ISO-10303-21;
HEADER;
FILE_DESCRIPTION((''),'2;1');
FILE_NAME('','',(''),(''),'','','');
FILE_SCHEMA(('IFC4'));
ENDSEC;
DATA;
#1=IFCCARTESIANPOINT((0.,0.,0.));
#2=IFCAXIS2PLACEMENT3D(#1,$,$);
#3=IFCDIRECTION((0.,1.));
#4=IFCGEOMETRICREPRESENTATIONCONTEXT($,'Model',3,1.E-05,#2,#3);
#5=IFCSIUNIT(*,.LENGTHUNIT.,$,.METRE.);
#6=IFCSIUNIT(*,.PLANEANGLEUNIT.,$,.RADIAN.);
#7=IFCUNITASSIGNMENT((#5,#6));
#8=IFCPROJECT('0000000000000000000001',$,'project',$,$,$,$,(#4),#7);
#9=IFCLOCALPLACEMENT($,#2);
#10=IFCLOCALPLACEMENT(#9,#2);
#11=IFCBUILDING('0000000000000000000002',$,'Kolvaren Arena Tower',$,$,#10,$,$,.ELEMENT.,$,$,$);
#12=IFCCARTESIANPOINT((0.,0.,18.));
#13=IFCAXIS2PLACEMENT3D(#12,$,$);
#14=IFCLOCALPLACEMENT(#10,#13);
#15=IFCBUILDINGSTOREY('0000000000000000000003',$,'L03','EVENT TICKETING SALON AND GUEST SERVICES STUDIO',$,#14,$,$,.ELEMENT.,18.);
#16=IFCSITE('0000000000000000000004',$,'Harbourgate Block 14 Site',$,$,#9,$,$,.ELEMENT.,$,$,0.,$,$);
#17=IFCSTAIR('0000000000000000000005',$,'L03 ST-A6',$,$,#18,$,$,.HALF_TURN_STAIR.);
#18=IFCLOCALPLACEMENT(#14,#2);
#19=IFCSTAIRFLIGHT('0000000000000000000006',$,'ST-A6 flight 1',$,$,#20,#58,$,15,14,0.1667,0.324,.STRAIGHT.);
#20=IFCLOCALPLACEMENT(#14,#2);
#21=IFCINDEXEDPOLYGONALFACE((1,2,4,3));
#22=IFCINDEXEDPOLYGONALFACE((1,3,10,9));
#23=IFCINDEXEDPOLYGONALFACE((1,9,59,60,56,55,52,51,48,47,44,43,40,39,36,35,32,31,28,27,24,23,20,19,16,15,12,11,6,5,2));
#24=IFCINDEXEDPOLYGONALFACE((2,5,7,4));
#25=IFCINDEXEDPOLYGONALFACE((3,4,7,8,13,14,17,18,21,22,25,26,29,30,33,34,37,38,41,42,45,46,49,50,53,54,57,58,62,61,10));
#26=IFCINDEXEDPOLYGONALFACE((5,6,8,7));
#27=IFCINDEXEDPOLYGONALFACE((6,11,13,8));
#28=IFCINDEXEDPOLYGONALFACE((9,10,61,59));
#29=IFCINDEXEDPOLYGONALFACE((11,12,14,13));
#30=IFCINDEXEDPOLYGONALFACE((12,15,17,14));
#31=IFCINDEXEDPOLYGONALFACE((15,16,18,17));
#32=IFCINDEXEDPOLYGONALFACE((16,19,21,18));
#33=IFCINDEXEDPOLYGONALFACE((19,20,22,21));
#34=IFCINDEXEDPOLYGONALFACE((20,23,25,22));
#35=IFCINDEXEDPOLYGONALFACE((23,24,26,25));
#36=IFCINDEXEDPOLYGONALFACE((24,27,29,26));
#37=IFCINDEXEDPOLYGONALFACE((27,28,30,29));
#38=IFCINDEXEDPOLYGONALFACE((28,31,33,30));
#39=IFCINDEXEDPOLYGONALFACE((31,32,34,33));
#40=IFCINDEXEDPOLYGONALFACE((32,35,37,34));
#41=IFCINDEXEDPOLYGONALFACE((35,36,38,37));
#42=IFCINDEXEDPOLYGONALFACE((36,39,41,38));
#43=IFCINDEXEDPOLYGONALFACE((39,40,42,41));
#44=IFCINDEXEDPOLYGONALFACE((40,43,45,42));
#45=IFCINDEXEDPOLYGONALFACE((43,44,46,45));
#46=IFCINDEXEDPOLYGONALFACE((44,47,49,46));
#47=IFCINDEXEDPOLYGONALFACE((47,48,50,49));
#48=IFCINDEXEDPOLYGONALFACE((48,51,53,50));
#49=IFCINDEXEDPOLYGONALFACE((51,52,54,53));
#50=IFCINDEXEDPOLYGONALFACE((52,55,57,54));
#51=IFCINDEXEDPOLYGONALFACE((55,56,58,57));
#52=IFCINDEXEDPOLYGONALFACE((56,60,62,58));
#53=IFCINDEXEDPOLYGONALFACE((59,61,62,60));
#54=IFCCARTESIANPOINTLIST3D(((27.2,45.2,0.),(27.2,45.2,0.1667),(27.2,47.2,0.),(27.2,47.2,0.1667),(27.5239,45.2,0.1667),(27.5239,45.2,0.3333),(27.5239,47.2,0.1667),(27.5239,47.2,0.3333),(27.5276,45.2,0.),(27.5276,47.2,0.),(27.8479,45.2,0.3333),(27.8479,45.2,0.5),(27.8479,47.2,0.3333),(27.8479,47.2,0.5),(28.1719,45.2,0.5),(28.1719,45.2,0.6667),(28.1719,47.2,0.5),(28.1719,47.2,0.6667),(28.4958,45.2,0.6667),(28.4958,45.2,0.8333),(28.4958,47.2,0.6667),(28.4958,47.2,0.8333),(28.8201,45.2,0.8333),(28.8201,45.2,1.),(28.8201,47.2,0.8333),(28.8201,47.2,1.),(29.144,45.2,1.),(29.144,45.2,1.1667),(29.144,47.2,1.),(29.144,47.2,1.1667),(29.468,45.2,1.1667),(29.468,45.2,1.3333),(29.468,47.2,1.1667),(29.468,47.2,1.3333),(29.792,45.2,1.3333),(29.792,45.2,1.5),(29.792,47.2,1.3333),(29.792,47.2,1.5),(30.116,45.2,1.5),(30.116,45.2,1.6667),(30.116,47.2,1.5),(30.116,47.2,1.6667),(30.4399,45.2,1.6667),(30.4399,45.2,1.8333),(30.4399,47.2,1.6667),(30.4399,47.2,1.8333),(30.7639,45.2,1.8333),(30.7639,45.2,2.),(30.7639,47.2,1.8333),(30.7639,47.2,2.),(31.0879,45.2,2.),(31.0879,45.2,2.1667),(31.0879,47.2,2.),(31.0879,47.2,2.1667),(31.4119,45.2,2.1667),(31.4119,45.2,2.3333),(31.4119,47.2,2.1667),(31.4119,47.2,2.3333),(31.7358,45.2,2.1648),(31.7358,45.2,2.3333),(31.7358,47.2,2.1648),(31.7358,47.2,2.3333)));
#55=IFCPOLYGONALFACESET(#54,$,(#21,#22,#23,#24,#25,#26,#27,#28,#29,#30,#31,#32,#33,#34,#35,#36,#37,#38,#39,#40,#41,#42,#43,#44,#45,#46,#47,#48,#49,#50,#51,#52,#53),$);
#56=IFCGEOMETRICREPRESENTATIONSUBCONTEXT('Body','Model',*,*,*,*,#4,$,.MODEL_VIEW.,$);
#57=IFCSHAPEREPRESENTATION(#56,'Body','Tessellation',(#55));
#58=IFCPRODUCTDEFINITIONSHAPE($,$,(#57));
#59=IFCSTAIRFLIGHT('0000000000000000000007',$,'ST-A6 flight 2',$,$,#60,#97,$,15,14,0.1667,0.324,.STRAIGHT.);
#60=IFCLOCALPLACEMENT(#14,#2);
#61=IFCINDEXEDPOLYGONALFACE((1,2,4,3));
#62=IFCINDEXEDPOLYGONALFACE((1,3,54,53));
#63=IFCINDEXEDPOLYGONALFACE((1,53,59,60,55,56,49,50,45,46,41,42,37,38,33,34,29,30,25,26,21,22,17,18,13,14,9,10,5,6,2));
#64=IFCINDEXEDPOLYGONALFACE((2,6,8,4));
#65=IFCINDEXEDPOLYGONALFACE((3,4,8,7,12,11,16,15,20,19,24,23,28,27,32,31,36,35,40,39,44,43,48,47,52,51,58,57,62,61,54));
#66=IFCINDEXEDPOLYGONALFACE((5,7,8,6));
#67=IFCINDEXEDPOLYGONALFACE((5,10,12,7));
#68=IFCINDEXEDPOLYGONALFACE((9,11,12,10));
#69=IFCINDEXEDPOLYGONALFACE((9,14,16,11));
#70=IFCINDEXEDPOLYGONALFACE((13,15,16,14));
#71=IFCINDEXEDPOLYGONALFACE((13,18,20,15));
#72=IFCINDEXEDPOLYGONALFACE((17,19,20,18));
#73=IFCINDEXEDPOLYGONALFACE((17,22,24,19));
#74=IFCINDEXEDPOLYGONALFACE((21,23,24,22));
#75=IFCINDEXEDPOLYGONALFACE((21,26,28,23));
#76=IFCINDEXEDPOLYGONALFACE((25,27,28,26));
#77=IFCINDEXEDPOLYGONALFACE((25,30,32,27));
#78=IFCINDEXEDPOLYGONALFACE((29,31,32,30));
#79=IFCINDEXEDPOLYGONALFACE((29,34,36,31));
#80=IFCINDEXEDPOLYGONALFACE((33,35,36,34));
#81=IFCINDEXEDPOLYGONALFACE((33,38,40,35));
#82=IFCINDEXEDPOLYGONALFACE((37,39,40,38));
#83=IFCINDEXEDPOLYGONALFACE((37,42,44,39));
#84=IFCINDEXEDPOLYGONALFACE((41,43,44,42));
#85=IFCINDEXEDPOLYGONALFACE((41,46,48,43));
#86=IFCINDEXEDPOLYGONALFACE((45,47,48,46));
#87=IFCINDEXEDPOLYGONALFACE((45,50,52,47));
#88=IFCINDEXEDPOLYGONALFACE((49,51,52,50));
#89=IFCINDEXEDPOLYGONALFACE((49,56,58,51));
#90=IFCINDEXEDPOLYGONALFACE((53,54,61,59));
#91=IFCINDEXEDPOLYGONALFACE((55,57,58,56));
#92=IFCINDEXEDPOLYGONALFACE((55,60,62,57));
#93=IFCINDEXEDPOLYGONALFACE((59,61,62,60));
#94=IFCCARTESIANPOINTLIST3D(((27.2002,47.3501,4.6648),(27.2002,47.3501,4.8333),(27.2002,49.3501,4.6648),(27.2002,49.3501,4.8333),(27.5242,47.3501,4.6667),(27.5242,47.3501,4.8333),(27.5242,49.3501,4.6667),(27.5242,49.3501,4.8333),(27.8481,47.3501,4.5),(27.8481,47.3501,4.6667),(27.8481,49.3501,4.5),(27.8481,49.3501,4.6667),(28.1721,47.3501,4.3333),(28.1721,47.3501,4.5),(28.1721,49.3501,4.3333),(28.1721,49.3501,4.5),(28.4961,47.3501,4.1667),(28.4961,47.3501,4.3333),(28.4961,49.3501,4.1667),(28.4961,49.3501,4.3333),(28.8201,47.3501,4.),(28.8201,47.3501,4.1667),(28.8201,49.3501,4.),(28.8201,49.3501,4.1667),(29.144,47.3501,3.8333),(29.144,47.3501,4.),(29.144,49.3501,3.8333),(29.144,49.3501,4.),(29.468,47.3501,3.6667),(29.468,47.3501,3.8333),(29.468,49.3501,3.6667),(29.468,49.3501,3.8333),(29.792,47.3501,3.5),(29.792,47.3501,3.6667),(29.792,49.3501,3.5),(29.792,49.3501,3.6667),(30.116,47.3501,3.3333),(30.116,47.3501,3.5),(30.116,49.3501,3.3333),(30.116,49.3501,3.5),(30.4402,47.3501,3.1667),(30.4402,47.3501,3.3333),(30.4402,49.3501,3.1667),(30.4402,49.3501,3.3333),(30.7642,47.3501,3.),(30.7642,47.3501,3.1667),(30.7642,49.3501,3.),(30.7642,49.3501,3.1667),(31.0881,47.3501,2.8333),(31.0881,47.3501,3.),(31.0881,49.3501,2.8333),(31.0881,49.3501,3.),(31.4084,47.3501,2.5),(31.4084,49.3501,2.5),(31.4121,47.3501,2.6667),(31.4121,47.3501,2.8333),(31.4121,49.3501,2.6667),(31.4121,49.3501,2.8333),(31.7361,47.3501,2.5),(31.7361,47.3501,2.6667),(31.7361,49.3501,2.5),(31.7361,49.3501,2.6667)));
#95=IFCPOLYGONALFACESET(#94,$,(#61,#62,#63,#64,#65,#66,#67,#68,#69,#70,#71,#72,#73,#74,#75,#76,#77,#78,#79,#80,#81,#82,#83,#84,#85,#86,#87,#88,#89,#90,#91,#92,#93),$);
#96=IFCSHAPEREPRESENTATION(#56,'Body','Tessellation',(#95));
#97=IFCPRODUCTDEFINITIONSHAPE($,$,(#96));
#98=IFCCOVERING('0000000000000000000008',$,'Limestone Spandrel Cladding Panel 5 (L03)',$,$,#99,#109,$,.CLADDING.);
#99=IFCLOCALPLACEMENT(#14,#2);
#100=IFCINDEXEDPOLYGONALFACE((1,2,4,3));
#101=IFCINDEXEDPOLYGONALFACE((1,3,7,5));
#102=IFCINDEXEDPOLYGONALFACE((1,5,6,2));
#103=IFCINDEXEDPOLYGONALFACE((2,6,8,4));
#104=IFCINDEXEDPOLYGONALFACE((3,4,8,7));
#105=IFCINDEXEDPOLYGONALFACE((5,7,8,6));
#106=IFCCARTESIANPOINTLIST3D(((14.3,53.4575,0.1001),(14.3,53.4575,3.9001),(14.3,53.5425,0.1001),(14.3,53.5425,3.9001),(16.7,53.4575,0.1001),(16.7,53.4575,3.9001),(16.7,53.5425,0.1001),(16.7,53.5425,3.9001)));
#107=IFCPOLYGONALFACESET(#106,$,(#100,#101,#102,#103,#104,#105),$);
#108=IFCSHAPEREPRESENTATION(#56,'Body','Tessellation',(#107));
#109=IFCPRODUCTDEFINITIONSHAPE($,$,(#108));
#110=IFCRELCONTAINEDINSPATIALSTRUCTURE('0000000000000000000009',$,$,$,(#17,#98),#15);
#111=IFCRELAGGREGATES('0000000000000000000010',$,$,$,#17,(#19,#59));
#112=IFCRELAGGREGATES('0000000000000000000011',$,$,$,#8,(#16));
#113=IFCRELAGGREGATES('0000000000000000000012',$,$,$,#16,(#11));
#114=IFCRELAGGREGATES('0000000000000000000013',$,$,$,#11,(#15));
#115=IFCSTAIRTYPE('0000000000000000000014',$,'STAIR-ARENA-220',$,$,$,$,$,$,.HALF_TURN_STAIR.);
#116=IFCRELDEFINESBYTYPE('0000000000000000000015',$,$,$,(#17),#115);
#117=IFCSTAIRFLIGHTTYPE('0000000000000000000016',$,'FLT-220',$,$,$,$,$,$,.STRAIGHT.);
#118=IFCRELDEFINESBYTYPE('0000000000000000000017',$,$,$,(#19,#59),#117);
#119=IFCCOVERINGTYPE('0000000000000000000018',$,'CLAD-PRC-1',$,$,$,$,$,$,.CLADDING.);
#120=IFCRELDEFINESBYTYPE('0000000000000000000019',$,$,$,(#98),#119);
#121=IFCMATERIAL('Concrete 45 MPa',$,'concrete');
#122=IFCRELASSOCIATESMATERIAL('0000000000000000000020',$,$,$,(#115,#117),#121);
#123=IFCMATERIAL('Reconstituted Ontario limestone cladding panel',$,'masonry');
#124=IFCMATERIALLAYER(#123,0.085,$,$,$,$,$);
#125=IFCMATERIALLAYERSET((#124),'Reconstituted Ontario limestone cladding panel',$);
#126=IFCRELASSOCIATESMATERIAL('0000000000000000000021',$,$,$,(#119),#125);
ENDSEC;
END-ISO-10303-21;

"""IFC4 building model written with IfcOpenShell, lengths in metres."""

from ifc_helpers import new_model, si_unit, direction, frame, origin, origin_2d, place, context, subcontext, project, spatial, polyline, rectangle, outline, extrude, material, layer, layer_set, type_object, element, aggregate, save


model = new_model("IFC4")

# Units and contexts
model_context = context("Model", 3, precision=1e-05, world=origin(), true_north=direction((0.0, 1.0)))
body_context = subcontext(model_context, "Body", "Model", "MODEL_VIEW")
ifc_project = project(units=[si_unit("LENGTHUNIT", "METRE"), si_unit("PLANEANGLEUNIT", "RADIAN")], contexts=[model_context])

# Site, building, storey
site_placement = place(None, origin())
site = spatial("IfcSite", under=ifc_project, at=site_placement, Name="Harbourgate Block 14 Site", CompositionType="ELEMENT", RefElevation=0.0)
building_placement = place(site_placement, origin())
building = spatial("IfcBuilding", under=site, at=building_placement, Name="Kolvaren Arena Tower", CompositionType="ELEMENT")
storey_placement = place(building_placement, frame((0.0, 0.0, 18.0)))
storey = spatial("IfcBuildingStorey", under=building, at=storey_placement, Name="L03", Description="EVENT TICKETING SALON AND GUEST SERVICES STUDIO", CompositionType="ELEMENT", Elevation=18.0)

# Shared definitions
ifc_material_1 = material(Name="Concrete 45 MPa", Category="concrete")

# Stair, stair flights
stair_type = type_object("IfcStairType", Name="STAIR-ARENA-220", PredefinedType="HALF_TURN_STAIR", material=ifc_material_1)
stair_placement = place(storey_placement, origin())
stair = element("IfcStair", 1, at=stair_placement, inside=storey, type_object=stair_type, Name="L03 ST-A6", PredefinedType="HALF_TURN_STAIR")
stair_flight_type = type_object("IfcStairFlightType", Name="FLT-220", PredefinedType="STRAIGHT", material=ifc_material_1)
stair_flight_1_placement = place(storey_placement, frame((27.2, 46.2, 0.0), z_axis=(0.0, 0.0, 1.0), x_axis=(1.0, 0.0, 0.0)))
stair_flight_1 = element("IfcStairFlight", 2, at=stair_flight_1_placement, type_object=stair_flight_type, Name="ST-A6 flight 1", NumberOfRisers=15, NumberOfTreads=14, PredefinedType="STRAIGHT", RiserHeight=0.1667, TreadLength=0.324, context=body_context, shape_type="SweptSolid", body=[
    extrude(outline(polyline([(0.0, 0.0), (0.0, 0.1667), (0.324, 0.1667), (0.324, 0.3333), (0.6479, 0.3333), (0.6479, 0.5), (0.9719, 0.5), (0.9719, 0.6667), (1.2959, 0.6667), (1.2959, 0.8333), (1.6201, 0.8333), (1.6201, 1.0), (1.9441, 1.0), (1.9441, 1.1667), (2.2681, 1.1667), (2.2681, 1.3333), (2.592, 1.3333), (2.592, 1.5), (2.916, 1.5), (2.916, 1.6667), (3.24, 1.6667), (3.24, 1.8333), (3.564, 1.8333), (3.564, 2.0), (3.8879, 2.0), (3.8879, 2.1667), (4.2119, 2.1667), (4.2119, 2.3333), (4.5359, 2.3333), (4.5359, 2.5), (4.5359, 2.1648), (0.3276, 0.0), (0.0, 0.0)])), frame((0.0, 1.0, 0.0), z_axis=(0.0, -1.0, 0.0), x_axis=(1.0, 0.0, 0.0)), (0.0, 0.0, 1.0), 2.0),
])
stair_flight_2_placement = place(storey_placement, frame((31.7361, 48.3501, 2.5), z_axis=(0.0, 0.0, 1.0), x_axis=(-1.0, 0.0, 0.0)))
stair_flight_2 = element("IfcStairFlight", 3, at=stair_flight_2_placement, type_object=stair_flight_type, Name="ST-A6 flight 2", NumberOfRisers=15, NumberOfTreads=14, PredefinedType="STRAIGHT", RiserHeight=0.1667, TreadLength=0.324, context=body_context, shape_type="SweptSolid", body=[
    extrude(outline(polyline([(0.0, 0.0), (0.0, 0.1667), (0.324, 0.1667), (0.324, 0.3333), (0.6479, 0.3333), (0.6479, 0.5), (0.9719, 0.5), (0.9719, 0.6667), (1.2959, 0.6667), (1.2959, 0.8333), (1.6201, 0.8333), (1.6201, 1.0), (1.9441, 1.0), (1.9441, 1.1667), (2.2681, 1.1667), (2.2681, 1.3333), (2.592, 1.3333), (2.592, 1.5), (2.916, 1.5), (2.916, 1.6667), (3.24, 1.6667), (3.24, 1.8333), (3.564, 1.8333), (3.564, 2.0), (3.8879, 2.0), (3.8879, 2.1667), (4.2119, 2.1667), (4.2119, 2.3333), (4.5359, 2.3333), (4.5359, 2.5), (4.5359, 2.1648), (0.3276, 0.0), (0.0, 0.0)])), frame((0.0, 1.0, 0.0), z_axis=(0.0, -1.0, 0.0), x_axis=(1.0, 0.0, 0.0)), (0.0, 0.0, 1.0), 2.0),
])
aggregate(stair, [stair_flight_1, stair_flight_2])

# Covering
ifc_material_2 = material(Name="Reconstituted Ontario limestone cladding panel", Category="masonry")
ifc_layer_1 = layer(ifc_material_2, 0.085)
ifc_layer_set_1 = layer_set([ifc_layer_1], Name="Reconstituted Ontario limestone cladding panel")
covering_type = type_object("IfcCoveringType", Name="CLAD-PRC-1", PredefinedType="CLADDING", material=ifc_layer_set_1)
covering_placement = place(storey_placement, frame((15.5, 53.5, 0.1001), z_axis=(0.0, 0.0, 1.0), x_axis=(1.0, 0.0, 0.0)))
element("IfcCovering", 4, at=covering_placement, inside=storey, type_object=covering_type, Name="Limestone Spandrel Cladding Panel 5 (L03)", PredefinedType="CLADDING", context=body_context, shape_type="SweptSolid", body=[
    extrude(rectangle(XDim=2.3999, YDim=0.085, at=origin_2d()), origin(), (0.0, 0.0, 1.0), 3.8),
])

save(model, "model.ifc")
